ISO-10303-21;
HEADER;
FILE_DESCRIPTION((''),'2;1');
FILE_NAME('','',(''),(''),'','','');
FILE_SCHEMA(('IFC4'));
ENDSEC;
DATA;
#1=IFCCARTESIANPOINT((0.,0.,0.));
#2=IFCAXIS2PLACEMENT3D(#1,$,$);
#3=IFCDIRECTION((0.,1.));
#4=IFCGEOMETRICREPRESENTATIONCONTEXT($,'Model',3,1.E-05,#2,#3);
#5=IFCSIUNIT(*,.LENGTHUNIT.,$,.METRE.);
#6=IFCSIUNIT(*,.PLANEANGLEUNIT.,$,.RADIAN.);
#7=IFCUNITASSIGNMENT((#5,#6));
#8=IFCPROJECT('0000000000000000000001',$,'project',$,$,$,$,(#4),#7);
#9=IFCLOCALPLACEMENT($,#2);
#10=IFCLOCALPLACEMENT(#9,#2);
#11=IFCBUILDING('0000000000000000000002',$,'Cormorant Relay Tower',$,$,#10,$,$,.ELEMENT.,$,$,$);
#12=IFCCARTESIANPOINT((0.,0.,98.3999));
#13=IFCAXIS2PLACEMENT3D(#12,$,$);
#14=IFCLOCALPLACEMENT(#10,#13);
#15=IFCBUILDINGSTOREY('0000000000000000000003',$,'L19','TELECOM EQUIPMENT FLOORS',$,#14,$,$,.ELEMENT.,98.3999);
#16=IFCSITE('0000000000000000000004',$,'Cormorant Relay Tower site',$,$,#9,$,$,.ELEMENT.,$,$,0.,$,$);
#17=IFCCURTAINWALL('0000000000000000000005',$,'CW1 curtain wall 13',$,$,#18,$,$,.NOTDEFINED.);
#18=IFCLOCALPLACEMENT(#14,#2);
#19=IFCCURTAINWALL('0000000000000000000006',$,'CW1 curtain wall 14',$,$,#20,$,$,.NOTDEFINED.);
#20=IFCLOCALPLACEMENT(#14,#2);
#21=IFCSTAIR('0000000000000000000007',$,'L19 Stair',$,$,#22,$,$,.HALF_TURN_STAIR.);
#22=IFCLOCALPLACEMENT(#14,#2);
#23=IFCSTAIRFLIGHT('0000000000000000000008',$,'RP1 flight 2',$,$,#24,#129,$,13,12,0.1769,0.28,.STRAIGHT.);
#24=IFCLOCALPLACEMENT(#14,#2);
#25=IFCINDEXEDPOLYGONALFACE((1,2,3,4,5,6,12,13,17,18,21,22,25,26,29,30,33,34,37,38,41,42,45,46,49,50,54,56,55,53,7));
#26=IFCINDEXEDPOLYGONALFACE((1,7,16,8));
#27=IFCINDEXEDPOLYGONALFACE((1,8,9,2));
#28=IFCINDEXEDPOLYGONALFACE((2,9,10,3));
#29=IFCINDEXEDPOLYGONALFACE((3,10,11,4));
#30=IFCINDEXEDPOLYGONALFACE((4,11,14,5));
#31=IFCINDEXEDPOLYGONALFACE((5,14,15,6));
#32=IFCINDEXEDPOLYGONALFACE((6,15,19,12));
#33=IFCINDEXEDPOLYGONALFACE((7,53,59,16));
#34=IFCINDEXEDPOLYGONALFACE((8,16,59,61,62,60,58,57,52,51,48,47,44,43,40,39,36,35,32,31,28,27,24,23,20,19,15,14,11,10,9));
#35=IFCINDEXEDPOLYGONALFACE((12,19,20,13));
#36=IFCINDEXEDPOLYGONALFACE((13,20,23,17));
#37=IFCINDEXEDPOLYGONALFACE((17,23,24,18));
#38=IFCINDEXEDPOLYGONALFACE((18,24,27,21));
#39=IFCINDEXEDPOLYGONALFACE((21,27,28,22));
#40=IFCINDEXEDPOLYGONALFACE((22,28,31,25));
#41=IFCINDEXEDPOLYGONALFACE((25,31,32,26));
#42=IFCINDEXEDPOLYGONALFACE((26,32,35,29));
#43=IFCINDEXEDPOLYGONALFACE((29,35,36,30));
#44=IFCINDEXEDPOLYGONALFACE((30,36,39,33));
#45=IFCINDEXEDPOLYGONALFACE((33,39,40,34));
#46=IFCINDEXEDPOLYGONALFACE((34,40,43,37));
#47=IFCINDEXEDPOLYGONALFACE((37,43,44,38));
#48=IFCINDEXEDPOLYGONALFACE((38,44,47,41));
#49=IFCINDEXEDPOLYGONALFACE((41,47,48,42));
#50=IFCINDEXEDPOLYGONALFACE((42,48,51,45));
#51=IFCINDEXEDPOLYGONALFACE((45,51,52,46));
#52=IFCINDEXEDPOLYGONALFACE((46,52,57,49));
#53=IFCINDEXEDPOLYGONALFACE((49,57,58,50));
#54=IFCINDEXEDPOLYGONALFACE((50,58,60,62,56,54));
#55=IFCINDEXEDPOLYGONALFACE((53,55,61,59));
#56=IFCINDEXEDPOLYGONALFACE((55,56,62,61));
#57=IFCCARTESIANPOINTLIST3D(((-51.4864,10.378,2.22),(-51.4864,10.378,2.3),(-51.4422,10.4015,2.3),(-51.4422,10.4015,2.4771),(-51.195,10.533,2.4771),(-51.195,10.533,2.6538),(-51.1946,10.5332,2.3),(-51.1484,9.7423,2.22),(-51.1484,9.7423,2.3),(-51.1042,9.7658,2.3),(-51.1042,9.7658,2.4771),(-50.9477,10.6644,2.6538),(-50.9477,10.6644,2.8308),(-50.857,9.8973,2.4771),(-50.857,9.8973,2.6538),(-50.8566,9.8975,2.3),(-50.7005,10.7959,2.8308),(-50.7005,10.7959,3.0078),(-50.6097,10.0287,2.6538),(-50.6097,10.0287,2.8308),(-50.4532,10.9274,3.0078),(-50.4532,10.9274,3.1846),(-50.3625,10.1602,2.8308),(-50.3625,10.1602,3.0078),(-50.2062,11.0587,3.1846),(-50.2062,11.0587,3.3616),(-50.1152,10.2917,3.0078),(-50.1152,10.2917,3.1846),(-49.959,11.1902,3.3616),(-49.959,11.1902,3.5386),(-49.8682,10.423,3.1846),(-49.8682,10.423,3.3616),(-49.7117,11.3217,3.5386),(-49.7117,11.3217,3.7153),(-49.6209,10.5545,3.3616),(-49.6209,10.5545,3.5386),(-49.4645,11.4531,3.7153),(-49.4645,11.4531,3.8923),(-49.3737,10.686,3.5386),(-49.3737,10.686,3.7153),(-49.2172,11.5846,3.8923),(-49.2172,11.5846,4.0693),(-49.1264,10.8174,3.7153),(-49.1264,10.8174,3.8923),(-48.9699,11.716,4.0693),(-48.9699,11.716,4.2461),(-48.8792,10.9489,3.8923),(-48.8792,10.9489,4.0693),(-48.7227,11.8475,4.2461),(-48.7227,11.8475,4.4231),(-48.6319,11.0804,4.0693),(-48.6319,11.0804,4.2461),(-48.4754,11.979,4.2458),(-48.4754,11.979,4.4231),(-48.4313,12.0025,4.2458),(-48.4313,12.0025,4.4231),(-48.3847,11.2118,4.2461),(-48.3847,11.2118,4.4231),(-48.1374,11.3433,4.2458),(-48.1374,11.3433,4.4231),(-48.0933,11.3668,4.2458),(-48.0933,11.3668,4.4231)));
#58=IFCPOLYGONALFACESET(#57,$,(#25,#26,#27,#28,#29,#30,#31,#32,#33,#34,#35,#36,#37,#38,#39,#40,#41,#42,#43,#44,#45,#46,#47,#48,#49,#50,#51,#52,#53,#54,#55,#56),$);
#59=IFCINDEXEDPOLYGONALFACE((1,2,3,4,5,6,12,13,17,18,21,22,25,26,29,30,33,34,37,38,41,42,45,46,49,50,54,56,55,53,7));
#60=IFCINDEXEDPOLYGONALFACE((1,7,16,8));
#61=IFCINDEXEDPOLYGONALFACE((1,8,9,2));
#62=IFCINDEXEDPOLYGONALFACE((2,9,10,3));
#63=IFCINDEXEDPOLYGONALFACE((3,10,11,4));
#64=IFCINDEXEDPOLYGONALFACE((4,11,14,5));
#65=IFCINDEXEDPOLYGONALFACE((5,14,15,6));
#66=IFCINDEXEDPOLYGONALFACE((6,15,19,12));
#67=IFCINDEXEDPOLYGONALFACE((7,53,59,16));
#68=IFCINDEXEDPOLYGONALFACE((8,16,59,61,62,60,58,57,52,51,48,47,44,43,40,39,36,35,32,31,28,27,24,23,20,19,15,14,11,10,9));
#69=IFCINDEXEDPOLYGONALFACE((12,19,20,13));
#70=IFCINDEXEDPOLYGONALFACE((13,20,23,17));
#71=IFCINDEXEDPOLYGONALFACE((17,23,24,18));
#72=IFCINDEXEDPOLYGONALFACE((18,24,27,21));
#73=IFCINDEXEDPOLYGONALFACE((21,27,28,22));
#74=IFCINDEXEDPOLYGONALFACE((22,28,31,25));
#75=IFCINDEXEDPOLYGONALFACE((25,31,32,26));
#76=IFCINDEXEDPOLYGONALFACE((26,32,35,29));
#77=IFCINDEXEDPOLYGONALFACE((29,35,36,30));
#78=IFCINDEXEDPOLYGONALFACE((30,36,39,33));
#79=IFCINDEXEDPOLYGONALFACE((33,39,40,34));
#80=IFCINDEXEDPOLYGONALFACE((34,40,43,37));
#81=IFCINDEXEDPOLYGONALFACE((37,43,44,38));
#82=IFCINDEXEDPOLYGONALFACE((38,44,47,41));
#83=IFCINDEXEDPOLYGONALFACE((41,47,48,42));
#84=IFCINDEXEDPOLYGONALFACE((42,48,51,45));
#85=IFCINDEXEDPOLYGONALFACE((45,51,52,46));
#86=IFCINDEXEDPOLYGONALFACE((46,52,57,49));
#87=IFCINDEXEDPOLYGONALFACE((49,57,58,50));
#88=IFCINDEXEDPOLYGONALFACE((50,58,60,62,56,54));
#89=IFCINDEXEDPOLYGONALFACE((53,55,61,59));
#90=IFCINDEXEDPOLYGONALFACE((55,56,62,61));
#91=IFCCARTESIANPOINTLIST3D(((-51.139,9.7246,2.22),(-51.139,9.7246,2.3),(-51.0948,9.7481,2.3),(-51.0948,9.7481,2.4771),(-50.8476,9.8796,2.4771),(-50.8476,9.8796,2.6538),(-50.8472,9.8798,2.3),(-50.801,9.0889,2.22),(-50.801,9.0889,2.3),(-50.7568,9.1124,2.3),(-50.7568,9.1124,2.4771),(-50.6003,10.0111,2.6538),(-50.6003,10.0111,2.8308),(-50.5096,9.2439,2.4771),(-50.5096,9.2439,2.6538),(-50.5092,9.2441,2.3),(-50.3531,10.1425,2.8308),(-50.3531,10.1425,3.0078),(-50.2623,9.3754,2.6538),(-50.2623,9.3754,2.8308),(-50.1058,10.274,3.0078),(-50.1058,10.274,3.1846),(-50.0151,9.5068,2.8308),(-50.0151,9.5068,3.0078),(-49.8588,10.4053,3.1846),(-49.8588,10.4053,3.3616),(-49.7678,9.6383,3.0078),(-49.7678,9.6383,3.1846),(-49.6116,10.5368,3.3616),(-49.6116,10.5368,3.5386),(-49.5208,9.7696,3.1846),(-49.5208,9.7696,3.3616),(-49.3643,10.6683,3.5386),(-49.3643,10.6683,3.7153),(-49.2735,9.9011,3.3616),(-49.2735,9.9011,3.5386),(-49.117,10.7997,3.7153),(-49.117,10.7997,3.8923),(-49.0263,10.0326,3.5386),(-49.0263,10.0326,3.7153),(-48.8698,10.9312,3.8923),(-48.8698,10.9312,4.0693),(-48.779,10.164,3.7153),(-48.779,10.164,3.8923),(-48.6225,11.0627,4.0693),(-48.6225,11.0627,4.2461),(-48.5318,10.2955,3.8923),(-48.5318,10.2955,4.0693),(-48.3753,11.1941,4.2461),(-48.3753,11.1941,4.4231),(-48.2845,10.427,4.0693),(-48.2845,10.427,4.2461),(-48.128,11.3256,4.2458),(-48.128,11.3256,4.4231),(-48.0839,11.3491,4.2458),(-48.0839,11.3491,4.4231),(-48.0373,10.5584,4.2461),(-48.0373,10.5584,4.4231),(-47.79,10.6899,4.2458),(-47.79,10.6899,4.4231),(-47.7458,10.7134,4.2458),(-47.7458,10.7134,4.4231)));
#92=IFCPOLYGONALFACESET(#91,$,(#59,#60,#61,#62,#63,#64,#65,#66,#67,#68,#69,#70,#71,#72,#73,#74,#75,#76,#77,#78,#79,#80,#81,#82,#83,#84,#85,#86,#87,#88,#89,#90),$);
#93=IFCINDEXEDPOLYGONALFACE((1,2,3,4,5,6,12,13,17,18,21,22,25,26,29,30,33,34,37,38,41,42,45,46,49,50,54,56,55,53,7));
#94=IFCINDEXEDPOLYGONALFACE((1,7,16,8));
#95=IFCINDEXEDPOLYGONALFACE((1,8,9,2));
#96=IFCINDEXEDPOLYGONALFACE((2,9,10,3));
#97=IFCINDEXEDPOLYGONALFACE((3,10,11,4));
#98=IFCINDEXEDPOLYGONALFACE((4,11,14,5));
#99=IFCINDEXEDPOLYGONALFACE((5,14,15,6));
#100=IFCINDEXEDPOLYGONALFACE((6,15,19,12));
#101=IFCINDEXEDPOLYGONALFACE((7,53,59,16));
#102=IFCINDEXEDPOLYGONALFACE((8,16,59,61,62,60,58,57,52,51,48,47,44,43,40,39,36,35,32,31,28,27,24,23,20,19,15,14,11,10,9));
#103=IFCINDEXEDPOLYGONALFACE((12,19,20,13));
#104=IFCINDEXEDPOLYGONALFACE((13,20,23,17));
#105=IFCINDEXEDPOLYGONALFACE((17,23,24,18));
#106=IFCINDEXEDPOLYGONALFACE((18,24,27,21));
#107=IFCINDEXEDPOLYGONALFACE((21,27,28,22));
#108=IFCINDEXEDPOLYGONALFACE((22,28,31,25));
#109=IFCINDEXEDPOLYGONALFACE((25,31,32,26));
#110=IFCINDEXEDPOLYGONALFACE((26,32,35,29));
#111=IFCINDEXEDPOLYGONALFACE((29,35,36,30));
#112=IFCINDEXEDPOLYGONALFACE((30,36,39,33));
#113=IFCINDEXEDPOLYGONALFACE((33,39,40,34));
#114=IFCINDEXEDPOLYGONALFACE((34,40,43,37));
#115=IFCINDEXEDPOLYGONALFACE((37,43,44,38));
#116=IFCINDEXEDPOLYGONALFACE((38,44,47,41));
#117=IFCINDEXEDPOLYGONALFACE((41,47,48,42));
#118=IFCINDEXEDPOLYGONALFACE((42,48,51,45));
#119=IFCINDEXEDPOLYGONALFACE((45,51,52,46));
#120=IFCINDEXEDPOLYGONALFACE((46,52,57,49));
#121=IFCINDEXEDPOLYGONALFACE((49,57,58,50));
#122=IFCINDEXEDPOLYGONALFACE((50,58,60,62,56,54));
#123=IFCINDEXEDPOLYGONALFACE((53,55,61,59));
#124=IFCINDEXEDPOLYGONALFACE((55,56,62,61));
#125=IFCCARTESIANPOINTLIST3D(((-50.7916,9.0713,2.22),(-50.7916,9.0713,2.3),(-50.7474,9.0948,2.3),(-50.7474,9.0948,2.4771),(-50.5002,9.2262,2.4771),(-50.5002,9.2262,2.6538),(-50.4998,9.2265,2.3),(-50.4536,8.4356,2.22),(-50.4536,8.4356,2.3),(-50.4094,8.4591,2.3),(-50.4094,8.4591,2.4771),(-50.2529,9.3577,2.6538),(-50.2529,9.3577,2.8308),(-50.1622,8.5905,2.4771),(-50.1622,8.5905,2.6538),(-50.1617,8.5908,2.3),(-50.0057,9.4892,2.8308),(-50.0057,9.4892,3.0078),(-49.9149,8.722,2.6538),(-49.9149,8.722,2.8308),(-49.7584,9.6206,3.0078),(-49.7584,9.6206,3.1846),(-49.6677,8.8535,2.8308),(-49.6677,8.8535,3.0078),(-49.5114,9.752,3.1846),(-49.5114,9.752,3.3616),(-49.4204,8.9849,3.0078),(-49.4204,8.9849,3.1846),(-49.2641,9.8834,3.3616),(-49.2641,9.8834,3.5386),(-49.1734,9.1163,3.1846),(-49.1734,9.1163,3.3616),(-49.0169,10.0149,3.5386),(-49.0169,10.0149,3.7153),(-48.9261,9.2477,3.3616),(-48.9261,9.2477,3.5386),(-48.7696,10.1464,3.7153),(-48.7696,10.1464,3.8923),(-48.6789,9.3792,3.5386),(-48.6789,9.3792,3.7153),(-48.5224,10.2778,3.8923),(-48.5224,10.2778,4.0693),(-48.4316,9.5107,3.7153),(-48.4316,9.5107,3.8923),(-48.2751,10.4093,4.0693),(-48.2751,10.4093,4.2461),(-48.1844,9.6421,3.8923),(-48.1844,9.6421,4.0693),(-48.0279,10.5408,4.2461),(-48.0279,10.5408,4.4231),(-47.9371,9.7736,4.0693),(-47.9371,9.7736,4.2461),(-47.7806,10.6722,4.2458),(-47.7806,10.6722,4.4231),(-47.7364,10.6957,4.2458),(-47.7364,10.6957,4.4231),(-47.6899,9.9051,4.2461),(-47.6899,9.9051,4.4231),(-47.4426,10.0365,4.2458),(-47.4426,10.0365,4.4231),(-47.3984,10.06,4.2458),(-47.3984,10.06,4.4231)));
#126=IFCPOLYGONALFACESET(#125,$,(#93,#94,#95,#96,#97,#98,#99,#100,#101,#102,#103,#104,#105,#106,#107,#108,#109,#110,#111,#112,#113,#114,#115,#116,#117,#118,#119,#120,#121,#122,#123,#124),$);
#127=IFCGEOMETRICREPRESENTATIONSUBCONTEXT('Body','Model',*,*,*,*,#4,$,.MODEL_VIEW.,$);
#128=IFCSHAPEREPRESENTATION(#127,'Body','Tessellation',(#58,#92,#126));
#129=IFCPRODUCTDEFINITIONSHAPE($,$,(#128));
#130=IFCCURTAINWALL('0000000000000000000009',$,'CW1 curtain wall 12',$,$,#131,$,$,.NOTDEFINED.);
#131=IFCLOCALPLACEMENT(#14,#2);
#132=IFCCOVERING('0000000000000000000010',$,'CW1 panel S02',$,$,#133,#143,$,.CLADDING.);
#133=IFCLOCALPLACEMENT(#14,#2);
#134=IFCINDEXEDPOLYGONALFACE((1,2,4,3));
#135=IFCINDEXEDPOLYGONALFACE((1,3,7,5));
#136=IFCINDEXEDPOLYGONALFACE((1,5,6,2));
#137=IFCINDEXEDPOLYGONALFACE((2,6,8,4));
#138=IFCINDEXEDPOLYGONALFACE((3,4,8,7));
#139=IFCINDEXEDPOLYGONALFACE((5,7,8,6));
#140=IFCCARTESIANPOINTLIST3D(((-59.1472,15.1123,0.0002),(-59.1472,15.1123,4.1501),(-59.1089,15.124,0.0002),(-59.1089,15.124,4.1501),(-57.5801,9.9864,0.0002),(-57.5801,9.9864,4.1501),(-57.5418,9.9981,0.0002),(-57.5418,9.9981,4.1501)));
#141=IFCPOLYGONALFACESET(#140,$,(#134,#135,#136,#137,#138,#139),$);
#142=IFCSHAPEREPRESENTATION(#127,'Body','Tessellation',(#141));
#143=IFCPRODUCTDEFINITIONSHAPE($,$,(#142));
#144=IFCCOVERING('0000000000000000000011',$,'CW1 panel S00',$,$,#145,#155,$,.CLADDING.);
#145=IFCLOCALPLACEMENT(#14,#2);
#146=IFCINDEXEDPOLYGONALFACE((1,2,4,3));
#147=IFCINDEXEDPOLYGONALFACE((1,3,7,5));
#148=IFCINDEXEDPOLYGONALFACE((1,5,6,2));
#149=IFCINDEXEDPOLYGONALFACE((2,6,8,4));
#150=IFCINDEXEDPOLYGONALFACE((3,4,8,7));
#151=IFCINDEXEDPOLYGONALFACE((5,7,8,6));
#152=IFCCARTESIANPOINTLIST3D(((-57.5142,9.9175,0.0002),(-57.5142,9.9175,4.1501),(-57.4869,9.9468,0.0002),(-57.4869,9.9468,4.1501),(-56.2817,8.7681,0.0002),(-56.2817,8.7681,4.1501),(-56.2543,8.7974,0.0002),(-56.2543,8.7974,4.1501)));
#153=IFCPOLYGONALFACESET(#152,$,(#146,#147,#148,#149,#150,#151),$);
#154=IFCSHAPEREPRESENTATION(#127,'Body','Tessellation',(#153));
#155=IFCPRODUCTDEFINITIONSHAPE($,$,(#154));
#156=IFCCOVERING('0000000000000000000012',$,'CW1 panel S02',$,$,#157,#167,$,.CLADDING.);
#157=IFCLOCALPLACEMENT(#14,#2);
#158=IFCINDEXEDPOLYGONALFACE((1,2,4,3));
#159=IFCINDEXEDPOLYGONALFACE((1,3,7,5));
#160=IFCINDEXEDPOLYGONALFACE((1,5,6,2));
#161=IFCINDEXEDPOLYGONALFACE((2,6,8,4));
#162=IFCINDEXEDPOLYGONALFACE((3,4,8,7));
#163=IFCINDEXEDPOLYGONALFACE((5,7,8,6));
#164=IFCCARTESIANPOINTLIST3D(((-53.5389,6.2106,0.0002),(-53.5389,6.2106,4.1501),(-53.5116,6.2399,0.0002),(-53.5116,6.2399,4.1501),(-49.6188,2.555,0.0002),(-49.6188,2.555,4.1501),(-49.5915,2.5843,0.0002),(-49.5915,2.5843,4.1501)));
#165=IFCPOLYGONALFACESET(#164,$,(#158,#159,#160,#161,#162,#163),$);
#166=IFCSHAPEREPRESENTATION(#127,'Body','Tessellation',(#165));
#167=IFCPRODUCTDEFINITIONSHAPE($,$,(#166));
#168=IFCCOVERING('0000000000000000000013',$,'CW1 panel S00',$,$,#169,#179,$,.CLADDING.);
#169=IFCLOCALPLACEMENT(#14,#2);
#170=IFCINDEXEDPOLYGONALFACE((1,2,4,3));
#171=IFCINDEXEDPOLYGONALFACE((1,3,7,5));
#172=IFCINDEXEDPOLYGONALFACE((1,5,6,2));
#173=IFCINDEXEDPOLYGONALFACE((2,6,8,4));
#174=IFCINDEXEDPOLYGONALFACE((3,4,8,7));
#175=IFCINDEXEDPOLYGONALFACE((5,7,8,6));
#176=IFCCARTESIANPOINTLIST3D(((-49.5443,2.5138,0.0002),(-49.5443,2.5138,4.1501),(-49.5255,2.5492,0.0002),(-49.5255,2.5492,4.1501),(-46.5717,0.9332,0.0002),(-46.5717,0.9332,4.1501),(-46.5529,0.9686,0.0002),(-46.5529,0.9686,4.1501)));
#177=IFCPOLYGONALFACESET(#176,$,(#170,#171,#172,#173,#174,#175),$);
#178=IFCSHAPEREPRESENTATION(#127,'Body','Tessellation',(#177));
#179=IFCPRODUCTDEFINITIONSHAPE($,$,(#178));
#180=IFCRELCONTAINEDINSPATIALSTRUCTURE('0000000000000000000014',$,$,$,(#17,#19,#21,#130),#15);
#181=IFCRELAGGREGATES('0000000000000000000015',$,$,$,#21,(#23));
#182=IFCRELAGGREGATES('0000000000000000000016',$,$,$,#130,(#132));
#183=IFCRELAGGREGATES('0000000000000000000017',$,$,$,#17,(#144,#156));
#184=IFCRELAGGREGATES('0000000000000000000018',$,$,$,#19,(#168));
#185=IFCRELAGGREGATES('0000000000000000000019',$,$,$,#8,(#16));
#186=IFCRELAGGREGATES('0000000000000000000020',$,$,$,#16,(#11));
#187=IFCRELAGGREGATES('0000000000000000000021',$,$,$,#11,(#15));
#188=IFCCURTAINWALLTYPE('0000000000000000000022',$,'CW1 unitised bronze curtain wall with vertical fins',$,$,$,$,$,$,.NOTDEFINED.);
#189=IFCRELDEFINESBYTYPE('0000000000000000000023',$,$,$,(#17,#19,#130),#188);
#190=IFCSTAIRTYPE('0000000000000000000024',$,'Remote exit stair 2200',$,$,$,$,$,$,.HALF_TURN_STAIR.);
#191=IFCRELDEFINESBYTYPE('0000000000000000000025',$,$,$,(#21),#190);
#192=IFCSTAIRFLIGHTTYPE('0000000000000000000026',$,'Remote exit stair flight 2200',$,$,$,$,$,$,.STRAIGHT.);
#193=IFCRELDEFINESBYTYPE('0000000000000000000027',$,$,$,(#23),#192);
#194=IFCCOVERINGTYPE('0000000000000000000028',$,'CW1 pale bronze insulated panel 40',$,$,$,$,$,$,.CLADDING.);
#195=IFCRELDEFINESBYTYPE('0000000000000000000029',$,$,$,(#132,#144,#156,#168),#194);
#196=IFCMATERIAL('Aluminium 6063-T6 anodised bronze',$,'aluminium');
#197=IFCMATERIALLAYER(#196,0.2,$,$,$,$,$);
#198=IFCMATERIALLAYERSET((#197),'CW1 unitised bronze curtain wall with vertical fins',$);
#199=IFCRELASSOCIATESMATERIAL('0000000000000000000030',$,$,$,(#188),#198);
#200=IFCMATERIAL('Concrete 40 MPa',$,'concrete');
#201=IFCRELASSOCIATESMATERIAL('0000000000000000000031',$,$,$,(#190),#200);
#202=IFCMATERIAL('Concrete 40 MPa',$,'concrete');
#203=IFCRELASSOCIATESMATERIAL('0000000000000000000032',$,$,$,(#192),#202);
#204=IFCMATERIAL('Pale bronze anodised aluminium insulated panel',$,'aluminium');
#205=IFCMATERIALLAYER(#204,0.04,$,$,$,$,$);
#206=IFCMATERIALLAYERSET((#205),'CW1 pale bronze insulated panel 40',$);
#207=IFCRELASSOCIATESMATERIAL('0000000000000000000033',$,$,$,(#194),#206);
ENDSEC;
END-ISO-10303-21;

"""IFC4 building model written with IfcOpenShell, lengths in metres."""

from ifc_helpers import new_model, si_unit, direction, frame, origin, origin_2d, place, context, subcontext, project, spatial, polyline, rectangle, outline, extrude, material, layer, layer_set, type_object, element, aggregate, save


model = new_model("IFC4")

# Units and contexts
model_context = context("Model", 3, precision=1e-05, world=origin(), true_north=direction((0.0, 1.0)))
body_context = subcontext(model_context, "Body", "Model", "MODEL_VIEW")
ifc_project = project(units=[si_unit("LENGTHUNIT", "METRE"), si_unit("PLANEANGLEUNIT", "RADIAN")], contexts=[model_context])

# Site, building, storey
site_placement = place(None, origin())
site = spatial("IfcSite", under=ifc_project, at=site_placement, Name="Cormorant Relay Tower site", CompositionType="ELEMENT", RefElevation=0.0)
building_placement = place(site_placement, origin())
building = spatial("IfcBuilding", under=site, at=building_placement, Name="Cormorant Relay Tower", CompositionType="ELEMENT")
storey_placement = place(building_placement, frame((0.0, 0.0, 98.3999)))
storey = spatial("IfcBuildingStorey", under=building, at=storey_placement, Name="L19", Description="TELECOM EQUIPMENT FLOORS", CompositionType="ELEMENT", Elevation=98.3999)

# Curtain wall
ifc_material_1 = material(Name="Aluminium 6063-T6 anodised bronze", Category="aluminium")
ifc_layer_1 = layer(ifc_material_1, 0.2)
ifc_layer_set_1 = layer_set([ifc_layer_1], Name="CW1 unitised bronze curtain wall with vertical fins")
curtain_wall_type = type_object("IfcCurtainWallType", Name="CW1 unitised bronze curtain wall with vertical fins", PredefinedType="NOTDEFINED", material=ifc_layer_set_1)
curtain_wall_1_placement = place(storey_placement, origin())
curtain_wall_1 = element("IfcCurtainWall", 1, at=curtain_wall_1_placement, inside=storey, type_object=curtain_wall_type, Name="CW1 curtain wall 13", PredefinedType="NOTDEFINED")

# Curtain wall
curtain_wall_2_placement = place(storey_placement, origin())
curtain_wall_2 = element("IfcCurtainWall", 2, at=curtain_wall_2_placement, inside=storey, type_object=curtain_wall_type, Name="CW1 curtain wall 14", PredefinedType="NOTDEFINED")

# Stair, stair flight
ifc_material_2 = material(Name="Concrete 40 MPa", Category="concrete")
stair_type = type_object("IfcStairType", Name="Remote exit stair 2200", PredefinedType="HALF_TURN_STAIR", material=ifc_material_2)
stair_placement = place(storey_placement, origin())
stair = element("IfcStair", 3, at=stair_placement, inside=storey, type_object=stair_type, Name="L19 Stair", PredefinedType="HALF_TURN_STAIR")
ifc_material_3 = material(Name="Concrete 40 MPa", Category="concrete")
stair_flight_type = type_object("IfcStairFlightType", Name="Remote exit stair flight 2200", PredefinedType="STRAIGHT", material=ifc_material_3)
stair_flight_1_placement = place(storey_placement, frame((-50.9258, 9.4302, 2.3), z_axis=(0.0, 0.0, 1.0), x_axis=(0.882948, 0.469472, 0.0)))
stair_flight_1 = element("IfcStairFlight", 4, at=stair_flight_1_placement, type_object=stair_flight_type, Name="RP1 flight 2", NumberOfRisers=13, NumberOfTreads=12, PredefinedType="STRAIGHT", RiserHeight=0.1769, TreadLength=0.28, context=body_context, shape_type="SweptSolid", body=[
    extrude(outline(polyline([(-0.05, -0.0801), (-0.05, 0.0), (0.0, 0.0), (0.0, 0.177), (0.28, 0.177), (0.28, 0.3538), (0.5601, 0.3538), (0.5601, 0.5308), (0.8401, 0.5308), (0.8401, 0.7078), (1.1201, 0.7078), (1.1201, 0.8845), (1.3999, 0.8845), (1.3999, 1.0615), (1.6799, 1.0615), (1.6799, 1.2385), (1.96, 1.2385), (1.96, 1.4153), (2.24, 1.4153), (2.24, 1.5923), (2.52, 1.5923), (2.52, 1.7693), (2.8, 1.7693), (2.8, 1.946), (3.0801, 1.946), (3.0801, 2.123), (3.3601, 2.123), (3.4102, 2.123), (3.4102, 1.9458), (3.3601, 1.9458), (0.2805, 0.0), (-0.05, -0.0801)])), frame((0.0, 1.1001, 0.0), z_axis=(0.0, -1.0, 0.0), x_axis=(1.0, 0.0, 0.0)), (0.0, 0.0, 1.0), 0.72),
    extrude(outline(polyline([(-0.05, -0.0801), (-0.05, 0.0), (0.0, 0.0), (0.0, 0.177), (0.28, 0.177), (0.28, 0.3538), (0.5601, 0.3538), (0.5601, 0.5308), (0.8401, 0.5308), (0.8401, 0.7078), (1.1201, 0.7078), (1.1201, 0.8845), (1.3999, 0.8845), (1.3999, 1.0615), (1.6799, 1.0615), (1.6799, 1.2385), (1.96, 1.2385), (1.96, 1.4153), (2.24, 1.4153), (2.24, 1.5923), (2.52, 1.5923), (2.52, 1.7693), (2.8, 1.7693), (2.8, 1.946), (3.0801, 1.946), (3.0801, 2.123), (3.3601, 2.123), (3.4102, 2.123), (3.4102, 1.9458), (3.3601, 1.9458), (0.2805, 0.0), (-0.05, -0.0801)])), frame((0.0, 0.3601, 0.0), z_axis=(0.0, -1.0, 0.0), x_axis=(1.0, 0.0, 0.0)), (0.0, 0.0, 1.0), 0.72),
    extrude(outline(polyline([(-0.05, -0.0801), (-0.05, 0.0), (0.0, 0.0), (0.0, 0.177), (0.28, 0.177), (0.28, 0.3538), (0.5601, 0.3538), (0.5601, 0.5308), (0.8401, 0.5308), (0.8401, 0.7078), (1.1201, 0.7078), (1.1201, 0.8845), (1.3999, 0.8845), (1.3999, 1.0615), (1.6799, 1.0615), (1.6799, 1.2385), (1.96, 1.2385), (1.96, 1.4153), (2.24, 1.4153), (2.24, 1.5923), (2.52, 1.5923), (2.52, 1.7693), (2.8, 1.7693), (2.8, 1.946), (3.0801, 1.946), (3.0801, 2.123), (3.3601, 2.123), (3.4102, 2.123), (3.4102, 1.9458), (3.3601, 1.9458), (0.2805, 0.0), (-0.05, -0.0801)])), frame((0.0, -0.3799, 0.0), z_axis=(0.0, -1.0, 0.0), x_axis=(1.0, 0.0, 0.0)), (0.0, 0.0, 1.0), 0.72),
])
aggregate(stair, [stair_flight_1])

# Curtain wall, covering
curtain_wall_3_placement = place(storey_placement, origin())
curtain_wall_3 = element("IfcCurtainWall", 5, at=curtain_wall_3_placement, inside=storey, type_object=curtain_wall_type, Name="CW1 curtain wall 12", PredefinedType="NOTDEFINED")
ifc_material_4 = material(Name="Pale bronze anodised aluminium insulated panel", Category="aluminium")
ifc_layer_2 = layer(ifc_material_4, 0.04)
ifc_layer_set_2 = layer_set([ifc_layer_2], Name="CW1 pale bronze insulated panel 40")
covering_type = type_object("IfcCoveringType", Name="CW1 pale bronze insulated panel 40", PredefinedType="CLADDING", material=ifc_layer_set_2)
covering_1_placement = place(storey_placement, frame((-58.3445, 12.5552, 0.0002), z_axis=(0.0, 0.0, 1.0), x_axis=(0.292372, -0.956305, 0.0)))
covering_1 = element("IfcCovering", 6, at=covering_1_placement, type_object=covering_type, Name="CW1 panel S02", PredefinedType="CLADDING", context=body_context, shape_type="SweptSolid", body=[
    extrude(rectangle(XDim=5.3601, YDim=0.04, at=origin_2d()), origin(), (0.0, 0.0, 1.0), 4.1499),
])
aggregate(curtain_wall_3, [covering_1])

# Coverings
covering_2_placement = place(storey_placement, frame((-56.8843, 9.3574, 0.0002), z_axis=(0.0, 0.0, 1.0), x_axis=(0.731354, -0.681998, 0.0)))
covering_2 = element("IfcCovering", 7, at=covering_2_placement, type_object=covering_type, Name="CW1 panel S00", PredefinedType="CLADDING", context=body_context, shape_type="SweptSolid", body=[
    extrude(rectangle(XDim=1.6853, YDim=0.04, at=origin_2d()), origin(), (0.0, 0.0, 1.0), 4.1499),
])
covering_3_placement = place(storey_placement, frame((-51.5652, 4.3975, 0.0002), z_axis=(0.0, 0.0, 1.0), x_axis=(0.731354, -0.681998, 0.0)))
covering_3 = element("IfcCovering", 8, at=covering_3_placement, type_object=covering_type, Name="CW1 panel S02", PredefinedType="CLADDING", context=body_context, shape_type="SweptSolid", body=[
    extrude(rectangle(XDim=5.3601, YDim=0.04, at=origin_2d()), origin(), (0.0, 0.0, 1.0), 4.1499),
])
aggregate(curtain_wall_1, [covering_2, covering_3])
covering_4_placement = place(storey_placement, frame((-48.0486, 1.7412, 0.0002), z_axis=(0.0, 0.0, 1.0), x_axis=(0.882948, -0.469472, 0.0)))
covering_4 = element("IfcCovering", 9, at=covering_4_placement, type_object=covering_type, Name="CW1 panel S00", PredefinedType="CLADDING", context=body_context, shape_type="SweptSolid", body=[
    extrude(rectangle(XDim=3.3667, YDim=0.04, at=origin_2d()), origin(), (0.0, 0.0, 1.0), 4.1499),
])
aggregate(curtain_wall_2, [covering_4])

save(model, "model.ifc")
